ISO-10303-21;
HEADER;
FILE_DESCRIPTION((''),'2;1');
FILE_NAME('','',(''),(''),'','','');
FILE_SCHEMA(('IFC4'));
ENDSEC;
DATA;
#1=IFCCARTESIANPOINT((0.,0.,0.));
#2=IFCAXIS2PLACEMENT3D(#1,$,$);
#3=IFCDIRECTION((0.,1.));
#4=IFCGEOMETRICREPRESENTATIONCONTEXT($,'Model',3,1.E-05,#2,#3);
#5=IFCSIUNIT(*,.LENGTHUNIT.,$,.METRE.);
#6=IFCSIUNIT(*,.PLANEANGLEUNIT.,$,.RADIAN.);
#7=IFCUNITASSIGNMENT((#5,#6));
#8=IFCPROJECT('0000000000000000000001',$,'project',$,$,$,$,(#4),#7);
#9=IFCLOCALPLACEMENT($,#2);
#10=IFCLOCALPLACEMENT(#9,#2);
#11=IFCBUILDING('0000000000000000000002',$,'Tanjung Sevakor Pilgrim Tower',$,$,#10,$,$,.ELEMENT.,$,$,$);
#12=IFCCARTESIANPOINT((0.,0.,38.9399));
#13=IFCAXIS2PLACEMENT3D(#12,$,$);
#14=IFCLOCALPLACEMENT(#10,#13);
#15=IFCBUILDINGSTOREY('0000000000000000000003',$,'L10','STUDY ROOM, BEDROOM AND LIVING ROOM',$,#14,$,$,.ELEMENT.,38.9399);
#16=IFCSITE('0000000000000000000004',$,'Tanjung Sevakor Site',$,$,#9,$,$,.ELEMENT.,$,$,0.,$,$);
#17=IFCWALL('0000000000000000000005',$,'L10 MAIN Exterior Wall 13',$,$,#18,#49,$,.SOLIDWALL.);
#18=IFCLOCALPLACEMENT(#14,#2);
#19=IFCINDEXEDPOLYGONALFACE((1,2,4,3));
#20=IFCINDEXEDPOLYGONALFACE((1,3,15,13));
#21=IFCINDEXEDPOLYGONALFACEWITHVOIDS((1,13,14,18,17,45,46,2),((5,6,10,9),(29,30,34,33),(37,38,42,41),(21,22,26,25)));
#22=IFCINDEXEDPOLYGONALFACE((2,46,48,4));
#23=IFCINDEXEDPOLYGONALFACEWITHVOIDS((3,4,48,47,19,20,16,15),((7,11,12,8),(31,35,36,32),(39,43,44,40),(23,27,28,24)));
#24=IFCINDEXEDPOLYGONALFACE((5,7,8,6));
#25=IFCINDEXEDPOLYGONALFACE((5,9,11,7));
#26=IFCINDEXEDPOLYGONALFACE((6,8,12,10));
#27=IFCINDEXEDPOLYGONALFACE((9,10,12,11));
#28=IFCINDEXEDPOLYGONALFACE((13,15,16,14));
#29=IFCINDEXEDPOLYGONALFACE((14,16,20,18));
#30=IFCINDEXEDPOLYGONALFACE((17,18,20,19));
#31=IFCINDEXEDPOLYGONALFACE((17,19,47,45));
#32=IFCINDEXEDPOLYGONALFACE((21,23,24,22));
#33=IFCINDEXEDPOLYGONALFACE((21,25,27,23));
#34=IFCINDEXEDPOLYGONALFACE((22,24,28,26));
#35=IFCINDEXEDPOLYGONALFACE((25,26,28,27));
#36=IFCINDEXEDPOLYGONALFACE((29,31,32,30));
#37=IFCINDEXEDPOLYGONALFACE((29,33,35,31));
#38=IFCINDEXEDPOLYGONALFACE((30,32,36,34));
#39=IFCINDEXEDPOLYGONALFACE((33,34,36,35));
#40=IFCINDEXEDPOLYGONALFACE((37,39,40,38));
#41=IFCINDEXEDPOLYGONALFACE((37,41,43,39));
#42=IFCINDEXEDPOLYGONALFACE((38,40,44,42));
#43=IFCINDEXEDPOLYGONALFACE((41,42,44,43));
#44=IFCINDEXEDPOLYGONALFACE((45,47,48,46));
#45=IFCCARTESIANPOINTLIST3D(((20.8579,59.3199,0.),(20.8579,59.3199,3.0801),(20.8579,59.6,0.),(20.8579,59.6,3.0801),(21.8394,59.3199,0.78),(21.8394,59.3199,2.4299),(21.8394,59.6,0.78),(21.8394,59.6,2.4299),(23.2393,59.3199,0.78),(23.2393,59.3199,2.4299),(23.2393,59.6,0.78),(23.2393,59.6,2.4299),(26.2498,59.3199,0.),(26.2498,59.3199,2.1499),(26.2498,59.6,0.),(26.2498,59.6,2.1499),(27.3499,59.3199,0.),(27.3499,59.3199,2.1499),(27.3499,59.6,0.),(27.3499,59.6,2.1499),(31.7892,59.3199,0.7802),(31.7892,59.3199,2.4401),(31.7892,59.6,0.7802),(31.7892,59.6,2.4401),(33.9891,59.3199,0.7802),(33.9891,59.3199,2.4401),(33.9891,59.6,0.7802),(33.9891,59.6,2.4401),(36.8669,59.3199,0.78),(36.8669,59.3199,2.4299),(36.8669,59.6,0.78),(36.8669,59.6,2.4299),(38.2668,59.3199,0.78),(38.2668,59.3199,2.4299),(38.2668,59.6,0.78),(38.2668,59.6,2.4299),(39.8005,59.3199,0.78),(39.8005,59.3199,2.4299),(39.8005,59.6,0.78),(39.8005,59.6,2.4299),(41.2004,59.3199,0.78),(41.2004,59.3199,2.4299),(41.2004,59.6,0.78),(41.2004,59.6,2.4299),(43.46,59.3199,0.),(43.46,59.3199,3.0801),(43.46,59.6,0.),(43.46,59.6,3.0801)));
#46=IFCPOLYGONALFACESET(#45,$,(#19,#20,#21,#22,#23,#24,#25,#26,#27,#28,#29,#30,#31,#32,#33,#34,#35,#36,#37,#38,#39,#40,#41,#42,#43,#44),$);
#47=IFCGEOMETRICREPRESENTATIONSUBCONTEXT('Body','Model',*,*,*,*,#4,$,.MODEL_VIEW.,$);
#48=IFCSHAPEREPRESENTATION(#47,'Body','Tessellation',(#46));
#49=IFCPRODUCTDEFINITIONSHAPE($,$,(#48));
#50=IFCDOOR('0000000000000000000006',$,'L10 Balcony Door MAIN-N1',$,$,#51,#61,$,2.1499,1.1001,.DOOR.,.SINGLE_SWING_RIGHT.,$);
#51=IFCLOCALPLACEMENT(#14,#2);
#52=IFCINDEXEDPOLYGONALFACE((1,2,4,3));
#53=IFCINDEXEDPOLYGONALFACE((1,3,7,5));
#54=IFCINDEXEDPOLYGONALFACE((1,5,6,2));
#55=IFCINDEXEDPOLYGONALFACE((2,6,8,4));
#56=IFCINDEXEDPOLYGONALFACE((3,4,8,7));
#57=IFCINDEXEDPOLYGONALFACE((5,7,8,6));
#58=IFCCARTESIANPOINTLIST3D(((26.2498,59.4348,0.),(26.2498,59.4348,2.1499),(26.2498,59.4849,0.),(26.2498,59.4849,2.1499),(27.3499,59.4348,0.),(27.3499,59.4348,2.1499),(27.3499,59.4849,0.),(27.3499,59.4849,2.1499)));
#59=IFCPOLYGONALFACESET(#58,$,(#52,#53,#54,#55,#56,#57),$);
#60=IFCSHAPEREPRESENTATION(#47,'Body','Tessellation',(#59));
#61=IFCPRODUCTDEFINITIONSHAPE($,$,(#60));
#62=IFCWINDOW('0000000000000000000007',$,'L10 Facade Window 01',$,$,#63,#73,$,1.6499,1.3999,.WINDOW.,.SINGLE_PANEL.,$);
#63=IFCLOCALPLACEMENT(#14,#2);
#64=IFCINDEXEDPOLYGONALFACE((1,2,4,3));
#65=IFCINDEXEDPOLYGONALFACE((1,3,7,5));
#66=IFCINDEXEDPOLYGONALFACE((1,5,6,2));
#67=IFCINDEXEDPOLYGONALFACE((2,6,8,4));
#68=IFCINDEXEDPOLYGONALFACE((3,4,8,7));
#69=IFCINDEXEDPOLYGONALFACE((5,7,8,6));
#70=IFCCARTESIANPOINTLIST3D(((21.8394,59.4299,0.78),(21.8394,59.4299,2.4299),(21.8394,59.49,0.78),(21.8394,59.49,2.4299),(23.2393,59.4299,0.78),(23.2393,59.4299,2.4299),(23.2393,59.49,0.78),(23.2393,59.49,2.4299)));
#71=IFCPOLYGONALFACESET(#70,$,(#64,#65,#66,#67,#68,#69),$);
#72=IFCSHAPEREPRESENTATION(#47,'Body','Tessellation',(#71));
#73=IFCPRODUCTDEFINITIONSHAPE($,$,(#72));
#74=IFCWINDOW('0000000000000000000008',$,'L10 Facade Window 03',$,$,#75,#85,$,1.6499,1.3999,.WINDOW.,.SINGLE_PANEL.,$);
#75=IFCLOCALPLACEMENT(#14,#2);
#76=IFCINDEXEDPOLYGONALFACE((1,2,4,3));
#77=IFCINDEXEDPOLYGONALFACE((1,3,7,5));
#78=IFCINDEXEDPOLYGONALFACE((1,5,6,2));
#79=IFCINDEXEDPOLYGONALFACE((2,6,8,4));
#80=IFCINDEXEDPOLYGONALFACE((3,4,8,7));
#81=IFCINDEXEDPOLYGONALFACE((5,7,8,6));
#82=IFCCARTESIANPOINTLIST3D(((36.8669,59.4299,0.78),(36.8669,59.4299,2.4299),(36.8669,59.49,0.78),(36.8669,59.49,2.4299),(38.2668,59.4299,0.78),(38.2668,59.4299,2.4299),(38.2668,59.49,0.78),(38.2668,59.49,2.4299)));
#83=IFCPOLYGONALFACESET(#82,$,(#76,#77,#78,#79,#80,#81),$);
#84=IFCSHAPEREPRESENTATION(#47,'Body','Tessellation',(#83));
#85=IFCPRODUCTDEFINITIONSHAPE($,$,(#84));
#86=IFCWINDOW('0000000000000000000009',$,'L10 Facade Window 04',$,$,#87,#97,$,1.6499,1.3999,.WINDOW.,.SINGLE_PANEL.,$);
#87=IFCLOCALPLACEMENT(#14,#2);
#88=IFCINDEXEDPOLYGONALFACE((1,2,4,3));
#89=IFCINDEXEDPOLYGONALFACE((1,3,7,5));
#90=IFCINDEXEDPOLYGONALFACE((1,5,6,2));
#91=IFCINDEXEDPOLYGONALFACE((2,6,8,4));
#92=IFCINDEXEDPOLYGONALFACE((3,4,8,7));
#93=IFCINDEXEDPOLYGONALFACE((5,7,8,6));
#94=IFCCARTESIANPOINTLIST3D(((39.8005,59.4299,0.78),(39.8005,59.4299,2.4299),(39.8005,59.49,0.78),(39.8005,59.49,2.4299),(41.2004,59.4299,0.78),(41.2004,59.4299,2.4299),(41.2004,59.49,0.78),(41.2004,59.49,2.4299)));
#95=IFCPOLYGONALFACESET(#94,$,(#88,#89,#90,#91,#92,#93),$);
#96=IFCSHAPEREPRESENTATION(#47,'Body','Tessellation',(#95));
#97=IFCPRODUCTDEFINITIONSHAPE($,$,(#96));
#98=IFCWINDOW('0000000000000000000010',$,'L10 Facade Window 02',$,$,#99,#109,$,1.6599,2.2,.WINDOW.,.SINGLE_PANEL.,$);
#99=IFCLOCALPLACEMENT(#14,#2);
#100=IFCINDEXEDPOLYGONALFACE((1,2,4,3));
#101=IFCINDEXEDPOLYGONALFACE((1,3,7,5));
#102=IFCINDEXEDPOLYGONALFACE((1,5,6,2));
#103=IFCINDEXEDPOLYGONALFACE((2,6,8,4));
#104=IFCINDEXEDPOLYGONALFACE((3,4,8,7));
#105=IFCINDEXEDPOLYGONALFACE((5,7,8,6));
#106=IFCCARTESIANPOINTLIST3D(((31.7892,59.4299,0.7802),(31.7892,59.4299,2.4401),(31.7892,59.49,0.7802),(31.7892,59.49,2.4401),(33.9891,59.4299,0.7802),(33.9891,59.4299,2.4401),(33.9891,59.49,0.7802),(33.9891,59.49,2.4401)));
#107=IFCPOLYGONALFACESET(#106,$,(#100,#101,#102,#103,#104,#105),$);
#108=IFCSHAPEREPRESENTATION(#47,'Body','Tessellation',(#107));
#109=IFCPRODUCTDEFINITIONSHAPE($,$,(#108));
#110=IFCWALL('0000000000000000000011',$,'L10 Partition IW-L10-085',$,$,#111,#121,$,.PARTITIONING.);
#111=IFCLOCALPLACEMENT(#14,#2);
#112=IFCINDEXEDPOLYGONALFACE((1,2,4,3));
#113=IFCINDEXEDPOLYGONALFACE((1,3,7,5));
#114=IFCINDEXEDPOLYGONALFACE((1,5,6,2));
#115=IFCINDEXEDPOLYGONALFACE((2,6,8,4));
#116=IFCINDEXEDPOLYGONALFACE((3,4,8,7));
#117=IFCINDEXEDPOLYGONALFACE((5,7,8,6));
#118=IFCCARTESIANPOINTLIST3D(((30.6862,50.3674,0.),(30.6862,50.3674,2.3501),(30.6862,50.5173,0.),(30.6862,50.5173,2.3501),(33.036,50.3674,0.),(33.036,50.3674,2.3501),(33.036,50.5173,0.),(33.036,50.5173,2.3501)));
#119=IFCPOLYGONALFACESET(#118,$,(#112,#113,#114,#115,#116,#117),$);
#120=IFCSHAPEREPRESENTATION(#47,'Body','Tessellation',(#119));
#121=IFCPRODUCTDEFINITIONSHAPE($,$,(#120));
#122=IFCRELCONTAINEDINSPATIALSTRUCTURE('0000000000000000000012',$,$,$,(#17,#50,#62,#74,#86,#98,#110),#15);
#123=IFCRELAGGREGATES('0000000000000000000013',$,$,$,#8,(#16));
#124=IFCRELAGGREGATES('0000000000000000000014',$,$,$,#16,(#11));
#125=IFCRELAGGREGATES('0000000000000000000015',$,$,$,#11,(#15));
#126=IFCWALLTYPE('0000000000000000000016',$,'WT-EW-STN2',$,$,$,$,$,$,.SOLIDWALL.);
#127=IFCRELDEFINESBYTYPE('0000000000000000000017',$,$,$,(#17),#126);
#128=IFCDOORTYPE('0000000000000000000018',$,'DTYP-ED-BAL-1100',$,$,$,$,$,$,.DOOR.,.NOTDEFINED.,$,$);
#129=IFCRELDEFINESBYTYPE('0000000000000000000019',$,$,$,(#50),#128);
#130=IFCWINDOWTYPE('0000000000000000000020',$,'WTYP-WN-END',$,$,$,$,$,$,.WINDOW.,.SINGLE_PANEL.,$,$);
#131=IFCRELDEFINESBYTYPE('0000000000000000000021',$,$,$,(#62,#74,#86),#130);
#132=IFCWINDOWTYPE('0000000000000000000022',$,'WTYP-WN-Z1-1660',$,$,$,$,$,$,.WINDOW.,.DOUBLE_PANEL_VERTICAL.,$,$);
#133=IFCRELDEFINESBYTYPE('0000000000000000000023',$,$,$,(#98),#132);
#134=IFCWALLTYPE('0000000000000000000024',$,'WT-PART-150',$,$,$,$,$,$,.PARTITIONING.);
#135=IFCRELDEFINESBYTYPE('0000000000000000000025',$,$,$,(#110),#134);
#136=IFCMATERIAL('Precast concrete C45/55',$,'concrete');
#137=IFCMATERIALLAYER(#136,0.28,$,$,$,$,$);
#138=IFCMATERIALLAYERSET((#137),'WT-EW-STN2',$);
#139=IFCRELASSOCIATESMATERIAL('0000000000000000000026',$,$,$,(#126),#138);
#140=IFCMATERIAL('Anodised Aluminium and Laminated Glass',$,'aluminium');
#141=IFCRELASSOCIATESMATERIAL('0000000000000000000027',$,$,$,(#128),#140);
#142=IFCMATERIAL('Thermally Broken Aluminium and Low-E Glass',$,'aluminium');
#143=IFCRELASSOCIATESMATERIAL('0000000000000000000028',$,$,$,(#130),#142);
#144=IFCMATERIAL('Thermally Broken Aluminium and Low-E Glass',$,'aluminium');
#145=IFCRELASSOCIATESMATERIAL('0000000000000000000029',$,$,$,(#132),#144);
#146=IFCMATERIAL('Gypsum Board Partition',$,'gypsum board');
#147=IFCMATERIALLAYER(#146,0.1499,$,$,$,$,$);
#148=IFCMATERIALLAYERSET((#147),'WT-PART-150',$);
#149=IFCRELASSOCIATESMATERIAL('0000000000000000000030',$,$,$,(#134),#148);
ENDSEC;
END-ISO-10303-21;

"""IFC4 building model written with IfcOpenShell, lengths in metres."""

from ifc_helpers import new_model, si_unit, direction, frame, frame_2d, origin, place, context, subcontext, project, spatial, rectangle, extrude, material, layer, layer_set, type_object, element, fill, save


model = new_model("IFC4")

# Units and contexts
model_context = context("Model", 3, precision=1e-05, world=origin(), true_north=direction((0.0, 1.0)))
body_context = subcontext(model_context, "Body", "Model", "MODEL_VIEW")
ifc_project = project(units=[si_unit("LENGTHUNIT", "METRE"), si_unit("PLANEANGLEUNIT", "RADIAN")], contexts=[model_context])

# Site, building, storey
site_placement = place(None, origin())
site = spatial("IfcSite", under=ifc_project, at=site_placement, Name="Tanjung Sevakor Site", CompositionType="ELEMENT", RefElevation=0.0)
building_placement = place(site_placement, origin())
building = spatial("IfcBuilding", under=site, at=building_placement, Name="Tanjung Sevakor Pilgrim Tower", CompositionType="ELEMENT")
storey_placement = place(building_placement, frame((0.0, 0.0, 38.9399)))
storey = spatial("IfcBuildingStorey", under=building, at=storey_placement, Name="L10", Description="STUDY ROOM, BEDROOM AND LIVING ROOM", CompositionType="ELEMENT", Elevation=38.9399)

# Shared definitions
ifc_material_1 = material(Name="Precast concrete C45/55", Category="concrete")
ifc_layer_1 = layer(ifc_material_1, 0.28)
ifc_layer_set_1 = layer_set([ifc_layer_1], Name="WT-EW-STN2")
wall_type_1 = type_object("IfcWallType", Name="WT-EW-STN2", PredefinedType="SOLIDWALL", material=ifc_layer_set_1)

# Wall, openings, door, windows
wall_1_placement = place(storey_placement, frame((43.46, 59.46, 0.0), z_axis=(0.0, 0.0, 1.0), x_axis=(-1.0, 0.0, 0.0)))
wall_1 = element("IfcWall", 1, at=wall_1_placement, inside=storey, type_object=wall_type_1, Name="L10 MAIN Exterior Wall 13", PredefinedType="SOLIDWALL", context=body_context, shape_type="SweptSolid", body=[
    extrude(rectangle(XDim=22.6021, YDim=0.28, at=frame_2d((11.301, 0.0))), origin(), (0.0, 0.0, 1.0), 3.0801),
])
opening_1_placement = place(wall_1_placement, frame((16.1101, 0.0, 0.0)))
opening_1 = element("IfcOpeningElement", 2, at=opening_1_placement, cuts=wall_1, PredefinedType="OPENING", context=body_context, shape_type="SweptSolid", body=[
    extrude(rectangle(XDim=1.1001, YDim=2.1499, at=frame_2d((0.55, 1.075))), frame((0.0, 0.1499, 0.0), z_axis=(0.0, -1.0, 0.0), x_axis=(1.0, 0.0, 0.0)), (0.0, 0.0, 1.0), 0.3),
])
opening_2_placement = place(wall_1_placement, frame((20.2207, 0.0, 0.78)))
opening_2 = element("IfcOpeningElement", 3, at=opening_2_placement, cuts=wall_1, PredefinedType="OPENING", context=body_context, shape_type="SweptSolid", body=[
    extrude(rectangle(XDim=1.3999, YDim=1.6499, at=frame_2d((0.7, 0.825))), frame((0.0, 0.1499, 0.0), z_axis=(0.0, -1.0, 0.0), x_axis=(1.0, 0.0, 0.0)), (0.0, 0.0, 1.0), 0.3),
])
opening_3_placement = place(wall_1_placement, frame((9.4707, 0.0, 0.78)))
opening_3 = element("IfcOpeningElement", 4, at=opening_3_placement, cuts=wall_1, PredefinedType="OPENING", context=body_context, shape_type="SweptSolid", body=[
    extrude(rectangle(XDim=2.2, YDim=1.6599, at=frame_2d((1.1001, 0.8301))), frame((0.0, 0.1499, 0.0), z_axis=(0.0, -1.0, 0.0), x_axis=(1.0, 0.0, 0.0)), (0.0, 0.0, 1.0), 0.3),
])
opening_4_placement = place(wall_1_placement, frame((5.1931, 0.0, 0.78)))
opening_4 = element("IfcOpeningElement", 5, at=opening_4_placement, cuts=wall_1, PredefinedType="OPENING", context=body_context, shape_type="SweptSolid", body=[
    extrude(rectangle(XDim=1.3999, YDim=1.6499, at=frame_2d((0.7, 0.825))), frame((0.0, 0.1499, 0.0), z_axis=(0.0, -1.0, 0.0), x_axis=(1.0, 0.0, 0.0)), (0.0, 0.0, 1.0), 0.3),
])
opening_5_placement = place(wall_1_placement, frame((2.2595, 0.0, 0.78)))
opening_5 = element("IfcOpeningElement", 6, at=opening_5_placement, cuts=wall_1, PredefinedType="OPENING", context=body_context, shape_type="SweptSolid", body=[
    extrude(rectangle(XDim=1.3999, YDim=1.6499, at=frame_2d((0.7, 0.825))), frame((0.0, 0.1499, 0.0), z_axis=(0.0, -1.0, 0.0), x_axis=(1.0, 0.0, 0.0)), (0.0, 0.0, 1.0), 0.3),
])
ifc_material_2 = material(Name="Anodised Aluminium and Laminated Glass", Category="aluminium")
door_type_1 = type_object("IfcDoorType", Name="DTYP-ED-BAL-1100", OperationType="NOTDEFINED", PredefinedType="DOOR", material=ifc_material_2)
door_1_placement = place(opening_1_placement, frame((1.1001, 0.0, 0.0), z_axis=(0.0, 0.0, 1.0), x_axis=(-1.0, 0.0, 0.0)))
door_1 = element("IfcDoor", 7, at=door_1_placement, inside=storey, type_object=door_type_1, Name="L10 Balcony Door MAIN-N1", OperationType="SINGLE_SWING_RIGHT", OverallHeight=2.1499, OverallWidth=1.1001, PredefinedType="DOOR", context=body_context, shape_type="SweptSolid", body=[
    extrude(rectangle(XDim=1.1001, YDim=2.1499, at=frame_2d((0.55, 1.075))), frame((0.0, 0.0249, 0.0), z_axis=(0.0, -1.0, 0.0), x_axis=(1.0, 0.0, 0.0)), (0.0, 0.0, 1.0), 0.05),
])
fill(opening_1, door_1)
ifc_material_3 = material(Name="Thermally Broken Aluminium and Low-E Glass", Category="aluminium")
window_type_1 = type_object("IfcWindowType", Name="WTYP-WN-END", PartitioningType="SINGLE_PANEL", PredefinedType="WINDOW", material=ifc_material_3)
window_1_placement = place(opening_2_placement, origin())
window_1 = element("IfcWindow", 8, at=window_1_placement, inside=storey, type_object=window_type_1, Name="L10 Facade Window 01", OverallHeight=1.6499, OverallWidth=1.3999, PartitioningType="SINGLE_PANEL", PredefinedType="WINDOW", context=body_context, shape_type="SweptSolid", body=[
    extrude(rectangle(XDim=1.3999, YDim=1.6499, at=frame_2d((0.7, 0.825))), frame((0.0, 0.03, 0.0), z_axis=(0.0, -1.0, 0.0), x_axis=(1.0, 0.0, 0.0)), (0.0, 0.0, 1.0), 0.0601),
])
fill(opening_2, window_1)
window_2_placement = place(opening_4_placement, origin())
window_2 = element("IfcWindow", 9, at=window_2_placement, inside=storey, type_object=window_type_1, Name="L10 Facade Window 03", OverallHeight=1.6499, OverallWidth=1.3999, PartitioningType="SINGLE_PANEL", PredefinedType="WINDOW", context=body_context, shape_type="SweptSolid", body=[
    extrude(rectangle(XDim=1.3999, YDim=1.6499, at=frame_2d((0.7, 0.825))), frame((0.0, 0.03, 0.0), z_axis=(0.0, -1.0, 0.0), x_axis=(1.0, 0.0, 0.0)), (0.0, 0.0, 1.0), 0.0601),
])
fill(opening_4, window_2)
window_3_placement = place(opening_5_placement, origin())
window_3 = element("IfcWindow", 10, at=window_3_placement, inside=storey, type_object=window_type_1, Name="L10 Facade Window 04", OverallHeight=1.6499, OverallWidth=1.3999, PartitioningType="SINGLE_PANEL", PredefinedType="WINDOW", context=body_context, shape_type="SweptSolid", body=[
    extrude(rectangle(XDim=1.3999, YDim=1.6499, at=frame_2d((0.7, 0.825))), frame((0.0, 0.03, 0.0), z_axis=(0.0, -1.0, 0.0), x_axis=(1.0, 0.0, 0.0)), (0.0, 0.0, 1.0), 0.0601),
])
fill(opening_5, window_3)
ifc_material_4 = material(Name="Thermally Broken Aluminium and Low-E Glass", Category="aluminium")
window_type_2 = type_object("IfcWindowType", Name="WTYP-WN-Z1-1660", PartitioningType="DOUBLE_PANEL_VERTICAL", PredefinedType="WINDOW", material=ifc_material_4)
window_4_placement = place(opening_3_placement, origin())
window_4 = element("IfcWindow", 11, at=window_4_placement, inside=storey, type_object=window_type_2, Name="L10 Facade Window 02", OverallHeight=1.6599, OverallWidth=2.2, PartitioningType="SINGLE_PANEL", PredefinedType="WINDOW", context=body_context, shape_type="SweptSolid", body=[
    extrude(rectangle(XDim=2.2, YDim=1.6599, at=frame_2d((1.1001, 0.8301))), frame((0.0, 0.03, 0.0), z_axis=(0.0, -1.0, 0.0), x_axis=(1.0, 0.0, 0.0)), (0.0, 0.0, 1.0), 0.0601),
])
fill(opening_3, window_4)

# Wall
ifc_material_5 = material(Name="Gypsum Board Partition", Category="gypsum board")
ifc_layer_2 = layer(ifc_material_5, 0.1499)
ifc_layer_set_2 = layer_set([ifc_layer_2], Name="WT-PART-150")
wall_type_2 = type_object("IfcWallType", Name="WT-PART-150", PredefinedType="PARTITIONING", material=ifc_layer_set_2)
wall_2_placement = place(storey_placement, frame((30.6863, 50.4424, 0.0), z_axis=(0.0, 0.0, 1.0), x_axis=(1.0, 0.0, 0.0)))
element("IfcWall", 12, at=wall_2_placement, inside=storey, type_object=wall_type_2, Name="L10 Partition IW-L10-085", PredefinedType="PARTITIONING", context=body_context, shape_type="SweptSolid", body=[
    extrude(rectangle(XDim=2.3499, YDim=0.1499, at=frame_2d((1.1748, 0.0))), origin(), (0.0, 0.0, 1.0), 2.3501),
])

save(model, "model.ifc")
